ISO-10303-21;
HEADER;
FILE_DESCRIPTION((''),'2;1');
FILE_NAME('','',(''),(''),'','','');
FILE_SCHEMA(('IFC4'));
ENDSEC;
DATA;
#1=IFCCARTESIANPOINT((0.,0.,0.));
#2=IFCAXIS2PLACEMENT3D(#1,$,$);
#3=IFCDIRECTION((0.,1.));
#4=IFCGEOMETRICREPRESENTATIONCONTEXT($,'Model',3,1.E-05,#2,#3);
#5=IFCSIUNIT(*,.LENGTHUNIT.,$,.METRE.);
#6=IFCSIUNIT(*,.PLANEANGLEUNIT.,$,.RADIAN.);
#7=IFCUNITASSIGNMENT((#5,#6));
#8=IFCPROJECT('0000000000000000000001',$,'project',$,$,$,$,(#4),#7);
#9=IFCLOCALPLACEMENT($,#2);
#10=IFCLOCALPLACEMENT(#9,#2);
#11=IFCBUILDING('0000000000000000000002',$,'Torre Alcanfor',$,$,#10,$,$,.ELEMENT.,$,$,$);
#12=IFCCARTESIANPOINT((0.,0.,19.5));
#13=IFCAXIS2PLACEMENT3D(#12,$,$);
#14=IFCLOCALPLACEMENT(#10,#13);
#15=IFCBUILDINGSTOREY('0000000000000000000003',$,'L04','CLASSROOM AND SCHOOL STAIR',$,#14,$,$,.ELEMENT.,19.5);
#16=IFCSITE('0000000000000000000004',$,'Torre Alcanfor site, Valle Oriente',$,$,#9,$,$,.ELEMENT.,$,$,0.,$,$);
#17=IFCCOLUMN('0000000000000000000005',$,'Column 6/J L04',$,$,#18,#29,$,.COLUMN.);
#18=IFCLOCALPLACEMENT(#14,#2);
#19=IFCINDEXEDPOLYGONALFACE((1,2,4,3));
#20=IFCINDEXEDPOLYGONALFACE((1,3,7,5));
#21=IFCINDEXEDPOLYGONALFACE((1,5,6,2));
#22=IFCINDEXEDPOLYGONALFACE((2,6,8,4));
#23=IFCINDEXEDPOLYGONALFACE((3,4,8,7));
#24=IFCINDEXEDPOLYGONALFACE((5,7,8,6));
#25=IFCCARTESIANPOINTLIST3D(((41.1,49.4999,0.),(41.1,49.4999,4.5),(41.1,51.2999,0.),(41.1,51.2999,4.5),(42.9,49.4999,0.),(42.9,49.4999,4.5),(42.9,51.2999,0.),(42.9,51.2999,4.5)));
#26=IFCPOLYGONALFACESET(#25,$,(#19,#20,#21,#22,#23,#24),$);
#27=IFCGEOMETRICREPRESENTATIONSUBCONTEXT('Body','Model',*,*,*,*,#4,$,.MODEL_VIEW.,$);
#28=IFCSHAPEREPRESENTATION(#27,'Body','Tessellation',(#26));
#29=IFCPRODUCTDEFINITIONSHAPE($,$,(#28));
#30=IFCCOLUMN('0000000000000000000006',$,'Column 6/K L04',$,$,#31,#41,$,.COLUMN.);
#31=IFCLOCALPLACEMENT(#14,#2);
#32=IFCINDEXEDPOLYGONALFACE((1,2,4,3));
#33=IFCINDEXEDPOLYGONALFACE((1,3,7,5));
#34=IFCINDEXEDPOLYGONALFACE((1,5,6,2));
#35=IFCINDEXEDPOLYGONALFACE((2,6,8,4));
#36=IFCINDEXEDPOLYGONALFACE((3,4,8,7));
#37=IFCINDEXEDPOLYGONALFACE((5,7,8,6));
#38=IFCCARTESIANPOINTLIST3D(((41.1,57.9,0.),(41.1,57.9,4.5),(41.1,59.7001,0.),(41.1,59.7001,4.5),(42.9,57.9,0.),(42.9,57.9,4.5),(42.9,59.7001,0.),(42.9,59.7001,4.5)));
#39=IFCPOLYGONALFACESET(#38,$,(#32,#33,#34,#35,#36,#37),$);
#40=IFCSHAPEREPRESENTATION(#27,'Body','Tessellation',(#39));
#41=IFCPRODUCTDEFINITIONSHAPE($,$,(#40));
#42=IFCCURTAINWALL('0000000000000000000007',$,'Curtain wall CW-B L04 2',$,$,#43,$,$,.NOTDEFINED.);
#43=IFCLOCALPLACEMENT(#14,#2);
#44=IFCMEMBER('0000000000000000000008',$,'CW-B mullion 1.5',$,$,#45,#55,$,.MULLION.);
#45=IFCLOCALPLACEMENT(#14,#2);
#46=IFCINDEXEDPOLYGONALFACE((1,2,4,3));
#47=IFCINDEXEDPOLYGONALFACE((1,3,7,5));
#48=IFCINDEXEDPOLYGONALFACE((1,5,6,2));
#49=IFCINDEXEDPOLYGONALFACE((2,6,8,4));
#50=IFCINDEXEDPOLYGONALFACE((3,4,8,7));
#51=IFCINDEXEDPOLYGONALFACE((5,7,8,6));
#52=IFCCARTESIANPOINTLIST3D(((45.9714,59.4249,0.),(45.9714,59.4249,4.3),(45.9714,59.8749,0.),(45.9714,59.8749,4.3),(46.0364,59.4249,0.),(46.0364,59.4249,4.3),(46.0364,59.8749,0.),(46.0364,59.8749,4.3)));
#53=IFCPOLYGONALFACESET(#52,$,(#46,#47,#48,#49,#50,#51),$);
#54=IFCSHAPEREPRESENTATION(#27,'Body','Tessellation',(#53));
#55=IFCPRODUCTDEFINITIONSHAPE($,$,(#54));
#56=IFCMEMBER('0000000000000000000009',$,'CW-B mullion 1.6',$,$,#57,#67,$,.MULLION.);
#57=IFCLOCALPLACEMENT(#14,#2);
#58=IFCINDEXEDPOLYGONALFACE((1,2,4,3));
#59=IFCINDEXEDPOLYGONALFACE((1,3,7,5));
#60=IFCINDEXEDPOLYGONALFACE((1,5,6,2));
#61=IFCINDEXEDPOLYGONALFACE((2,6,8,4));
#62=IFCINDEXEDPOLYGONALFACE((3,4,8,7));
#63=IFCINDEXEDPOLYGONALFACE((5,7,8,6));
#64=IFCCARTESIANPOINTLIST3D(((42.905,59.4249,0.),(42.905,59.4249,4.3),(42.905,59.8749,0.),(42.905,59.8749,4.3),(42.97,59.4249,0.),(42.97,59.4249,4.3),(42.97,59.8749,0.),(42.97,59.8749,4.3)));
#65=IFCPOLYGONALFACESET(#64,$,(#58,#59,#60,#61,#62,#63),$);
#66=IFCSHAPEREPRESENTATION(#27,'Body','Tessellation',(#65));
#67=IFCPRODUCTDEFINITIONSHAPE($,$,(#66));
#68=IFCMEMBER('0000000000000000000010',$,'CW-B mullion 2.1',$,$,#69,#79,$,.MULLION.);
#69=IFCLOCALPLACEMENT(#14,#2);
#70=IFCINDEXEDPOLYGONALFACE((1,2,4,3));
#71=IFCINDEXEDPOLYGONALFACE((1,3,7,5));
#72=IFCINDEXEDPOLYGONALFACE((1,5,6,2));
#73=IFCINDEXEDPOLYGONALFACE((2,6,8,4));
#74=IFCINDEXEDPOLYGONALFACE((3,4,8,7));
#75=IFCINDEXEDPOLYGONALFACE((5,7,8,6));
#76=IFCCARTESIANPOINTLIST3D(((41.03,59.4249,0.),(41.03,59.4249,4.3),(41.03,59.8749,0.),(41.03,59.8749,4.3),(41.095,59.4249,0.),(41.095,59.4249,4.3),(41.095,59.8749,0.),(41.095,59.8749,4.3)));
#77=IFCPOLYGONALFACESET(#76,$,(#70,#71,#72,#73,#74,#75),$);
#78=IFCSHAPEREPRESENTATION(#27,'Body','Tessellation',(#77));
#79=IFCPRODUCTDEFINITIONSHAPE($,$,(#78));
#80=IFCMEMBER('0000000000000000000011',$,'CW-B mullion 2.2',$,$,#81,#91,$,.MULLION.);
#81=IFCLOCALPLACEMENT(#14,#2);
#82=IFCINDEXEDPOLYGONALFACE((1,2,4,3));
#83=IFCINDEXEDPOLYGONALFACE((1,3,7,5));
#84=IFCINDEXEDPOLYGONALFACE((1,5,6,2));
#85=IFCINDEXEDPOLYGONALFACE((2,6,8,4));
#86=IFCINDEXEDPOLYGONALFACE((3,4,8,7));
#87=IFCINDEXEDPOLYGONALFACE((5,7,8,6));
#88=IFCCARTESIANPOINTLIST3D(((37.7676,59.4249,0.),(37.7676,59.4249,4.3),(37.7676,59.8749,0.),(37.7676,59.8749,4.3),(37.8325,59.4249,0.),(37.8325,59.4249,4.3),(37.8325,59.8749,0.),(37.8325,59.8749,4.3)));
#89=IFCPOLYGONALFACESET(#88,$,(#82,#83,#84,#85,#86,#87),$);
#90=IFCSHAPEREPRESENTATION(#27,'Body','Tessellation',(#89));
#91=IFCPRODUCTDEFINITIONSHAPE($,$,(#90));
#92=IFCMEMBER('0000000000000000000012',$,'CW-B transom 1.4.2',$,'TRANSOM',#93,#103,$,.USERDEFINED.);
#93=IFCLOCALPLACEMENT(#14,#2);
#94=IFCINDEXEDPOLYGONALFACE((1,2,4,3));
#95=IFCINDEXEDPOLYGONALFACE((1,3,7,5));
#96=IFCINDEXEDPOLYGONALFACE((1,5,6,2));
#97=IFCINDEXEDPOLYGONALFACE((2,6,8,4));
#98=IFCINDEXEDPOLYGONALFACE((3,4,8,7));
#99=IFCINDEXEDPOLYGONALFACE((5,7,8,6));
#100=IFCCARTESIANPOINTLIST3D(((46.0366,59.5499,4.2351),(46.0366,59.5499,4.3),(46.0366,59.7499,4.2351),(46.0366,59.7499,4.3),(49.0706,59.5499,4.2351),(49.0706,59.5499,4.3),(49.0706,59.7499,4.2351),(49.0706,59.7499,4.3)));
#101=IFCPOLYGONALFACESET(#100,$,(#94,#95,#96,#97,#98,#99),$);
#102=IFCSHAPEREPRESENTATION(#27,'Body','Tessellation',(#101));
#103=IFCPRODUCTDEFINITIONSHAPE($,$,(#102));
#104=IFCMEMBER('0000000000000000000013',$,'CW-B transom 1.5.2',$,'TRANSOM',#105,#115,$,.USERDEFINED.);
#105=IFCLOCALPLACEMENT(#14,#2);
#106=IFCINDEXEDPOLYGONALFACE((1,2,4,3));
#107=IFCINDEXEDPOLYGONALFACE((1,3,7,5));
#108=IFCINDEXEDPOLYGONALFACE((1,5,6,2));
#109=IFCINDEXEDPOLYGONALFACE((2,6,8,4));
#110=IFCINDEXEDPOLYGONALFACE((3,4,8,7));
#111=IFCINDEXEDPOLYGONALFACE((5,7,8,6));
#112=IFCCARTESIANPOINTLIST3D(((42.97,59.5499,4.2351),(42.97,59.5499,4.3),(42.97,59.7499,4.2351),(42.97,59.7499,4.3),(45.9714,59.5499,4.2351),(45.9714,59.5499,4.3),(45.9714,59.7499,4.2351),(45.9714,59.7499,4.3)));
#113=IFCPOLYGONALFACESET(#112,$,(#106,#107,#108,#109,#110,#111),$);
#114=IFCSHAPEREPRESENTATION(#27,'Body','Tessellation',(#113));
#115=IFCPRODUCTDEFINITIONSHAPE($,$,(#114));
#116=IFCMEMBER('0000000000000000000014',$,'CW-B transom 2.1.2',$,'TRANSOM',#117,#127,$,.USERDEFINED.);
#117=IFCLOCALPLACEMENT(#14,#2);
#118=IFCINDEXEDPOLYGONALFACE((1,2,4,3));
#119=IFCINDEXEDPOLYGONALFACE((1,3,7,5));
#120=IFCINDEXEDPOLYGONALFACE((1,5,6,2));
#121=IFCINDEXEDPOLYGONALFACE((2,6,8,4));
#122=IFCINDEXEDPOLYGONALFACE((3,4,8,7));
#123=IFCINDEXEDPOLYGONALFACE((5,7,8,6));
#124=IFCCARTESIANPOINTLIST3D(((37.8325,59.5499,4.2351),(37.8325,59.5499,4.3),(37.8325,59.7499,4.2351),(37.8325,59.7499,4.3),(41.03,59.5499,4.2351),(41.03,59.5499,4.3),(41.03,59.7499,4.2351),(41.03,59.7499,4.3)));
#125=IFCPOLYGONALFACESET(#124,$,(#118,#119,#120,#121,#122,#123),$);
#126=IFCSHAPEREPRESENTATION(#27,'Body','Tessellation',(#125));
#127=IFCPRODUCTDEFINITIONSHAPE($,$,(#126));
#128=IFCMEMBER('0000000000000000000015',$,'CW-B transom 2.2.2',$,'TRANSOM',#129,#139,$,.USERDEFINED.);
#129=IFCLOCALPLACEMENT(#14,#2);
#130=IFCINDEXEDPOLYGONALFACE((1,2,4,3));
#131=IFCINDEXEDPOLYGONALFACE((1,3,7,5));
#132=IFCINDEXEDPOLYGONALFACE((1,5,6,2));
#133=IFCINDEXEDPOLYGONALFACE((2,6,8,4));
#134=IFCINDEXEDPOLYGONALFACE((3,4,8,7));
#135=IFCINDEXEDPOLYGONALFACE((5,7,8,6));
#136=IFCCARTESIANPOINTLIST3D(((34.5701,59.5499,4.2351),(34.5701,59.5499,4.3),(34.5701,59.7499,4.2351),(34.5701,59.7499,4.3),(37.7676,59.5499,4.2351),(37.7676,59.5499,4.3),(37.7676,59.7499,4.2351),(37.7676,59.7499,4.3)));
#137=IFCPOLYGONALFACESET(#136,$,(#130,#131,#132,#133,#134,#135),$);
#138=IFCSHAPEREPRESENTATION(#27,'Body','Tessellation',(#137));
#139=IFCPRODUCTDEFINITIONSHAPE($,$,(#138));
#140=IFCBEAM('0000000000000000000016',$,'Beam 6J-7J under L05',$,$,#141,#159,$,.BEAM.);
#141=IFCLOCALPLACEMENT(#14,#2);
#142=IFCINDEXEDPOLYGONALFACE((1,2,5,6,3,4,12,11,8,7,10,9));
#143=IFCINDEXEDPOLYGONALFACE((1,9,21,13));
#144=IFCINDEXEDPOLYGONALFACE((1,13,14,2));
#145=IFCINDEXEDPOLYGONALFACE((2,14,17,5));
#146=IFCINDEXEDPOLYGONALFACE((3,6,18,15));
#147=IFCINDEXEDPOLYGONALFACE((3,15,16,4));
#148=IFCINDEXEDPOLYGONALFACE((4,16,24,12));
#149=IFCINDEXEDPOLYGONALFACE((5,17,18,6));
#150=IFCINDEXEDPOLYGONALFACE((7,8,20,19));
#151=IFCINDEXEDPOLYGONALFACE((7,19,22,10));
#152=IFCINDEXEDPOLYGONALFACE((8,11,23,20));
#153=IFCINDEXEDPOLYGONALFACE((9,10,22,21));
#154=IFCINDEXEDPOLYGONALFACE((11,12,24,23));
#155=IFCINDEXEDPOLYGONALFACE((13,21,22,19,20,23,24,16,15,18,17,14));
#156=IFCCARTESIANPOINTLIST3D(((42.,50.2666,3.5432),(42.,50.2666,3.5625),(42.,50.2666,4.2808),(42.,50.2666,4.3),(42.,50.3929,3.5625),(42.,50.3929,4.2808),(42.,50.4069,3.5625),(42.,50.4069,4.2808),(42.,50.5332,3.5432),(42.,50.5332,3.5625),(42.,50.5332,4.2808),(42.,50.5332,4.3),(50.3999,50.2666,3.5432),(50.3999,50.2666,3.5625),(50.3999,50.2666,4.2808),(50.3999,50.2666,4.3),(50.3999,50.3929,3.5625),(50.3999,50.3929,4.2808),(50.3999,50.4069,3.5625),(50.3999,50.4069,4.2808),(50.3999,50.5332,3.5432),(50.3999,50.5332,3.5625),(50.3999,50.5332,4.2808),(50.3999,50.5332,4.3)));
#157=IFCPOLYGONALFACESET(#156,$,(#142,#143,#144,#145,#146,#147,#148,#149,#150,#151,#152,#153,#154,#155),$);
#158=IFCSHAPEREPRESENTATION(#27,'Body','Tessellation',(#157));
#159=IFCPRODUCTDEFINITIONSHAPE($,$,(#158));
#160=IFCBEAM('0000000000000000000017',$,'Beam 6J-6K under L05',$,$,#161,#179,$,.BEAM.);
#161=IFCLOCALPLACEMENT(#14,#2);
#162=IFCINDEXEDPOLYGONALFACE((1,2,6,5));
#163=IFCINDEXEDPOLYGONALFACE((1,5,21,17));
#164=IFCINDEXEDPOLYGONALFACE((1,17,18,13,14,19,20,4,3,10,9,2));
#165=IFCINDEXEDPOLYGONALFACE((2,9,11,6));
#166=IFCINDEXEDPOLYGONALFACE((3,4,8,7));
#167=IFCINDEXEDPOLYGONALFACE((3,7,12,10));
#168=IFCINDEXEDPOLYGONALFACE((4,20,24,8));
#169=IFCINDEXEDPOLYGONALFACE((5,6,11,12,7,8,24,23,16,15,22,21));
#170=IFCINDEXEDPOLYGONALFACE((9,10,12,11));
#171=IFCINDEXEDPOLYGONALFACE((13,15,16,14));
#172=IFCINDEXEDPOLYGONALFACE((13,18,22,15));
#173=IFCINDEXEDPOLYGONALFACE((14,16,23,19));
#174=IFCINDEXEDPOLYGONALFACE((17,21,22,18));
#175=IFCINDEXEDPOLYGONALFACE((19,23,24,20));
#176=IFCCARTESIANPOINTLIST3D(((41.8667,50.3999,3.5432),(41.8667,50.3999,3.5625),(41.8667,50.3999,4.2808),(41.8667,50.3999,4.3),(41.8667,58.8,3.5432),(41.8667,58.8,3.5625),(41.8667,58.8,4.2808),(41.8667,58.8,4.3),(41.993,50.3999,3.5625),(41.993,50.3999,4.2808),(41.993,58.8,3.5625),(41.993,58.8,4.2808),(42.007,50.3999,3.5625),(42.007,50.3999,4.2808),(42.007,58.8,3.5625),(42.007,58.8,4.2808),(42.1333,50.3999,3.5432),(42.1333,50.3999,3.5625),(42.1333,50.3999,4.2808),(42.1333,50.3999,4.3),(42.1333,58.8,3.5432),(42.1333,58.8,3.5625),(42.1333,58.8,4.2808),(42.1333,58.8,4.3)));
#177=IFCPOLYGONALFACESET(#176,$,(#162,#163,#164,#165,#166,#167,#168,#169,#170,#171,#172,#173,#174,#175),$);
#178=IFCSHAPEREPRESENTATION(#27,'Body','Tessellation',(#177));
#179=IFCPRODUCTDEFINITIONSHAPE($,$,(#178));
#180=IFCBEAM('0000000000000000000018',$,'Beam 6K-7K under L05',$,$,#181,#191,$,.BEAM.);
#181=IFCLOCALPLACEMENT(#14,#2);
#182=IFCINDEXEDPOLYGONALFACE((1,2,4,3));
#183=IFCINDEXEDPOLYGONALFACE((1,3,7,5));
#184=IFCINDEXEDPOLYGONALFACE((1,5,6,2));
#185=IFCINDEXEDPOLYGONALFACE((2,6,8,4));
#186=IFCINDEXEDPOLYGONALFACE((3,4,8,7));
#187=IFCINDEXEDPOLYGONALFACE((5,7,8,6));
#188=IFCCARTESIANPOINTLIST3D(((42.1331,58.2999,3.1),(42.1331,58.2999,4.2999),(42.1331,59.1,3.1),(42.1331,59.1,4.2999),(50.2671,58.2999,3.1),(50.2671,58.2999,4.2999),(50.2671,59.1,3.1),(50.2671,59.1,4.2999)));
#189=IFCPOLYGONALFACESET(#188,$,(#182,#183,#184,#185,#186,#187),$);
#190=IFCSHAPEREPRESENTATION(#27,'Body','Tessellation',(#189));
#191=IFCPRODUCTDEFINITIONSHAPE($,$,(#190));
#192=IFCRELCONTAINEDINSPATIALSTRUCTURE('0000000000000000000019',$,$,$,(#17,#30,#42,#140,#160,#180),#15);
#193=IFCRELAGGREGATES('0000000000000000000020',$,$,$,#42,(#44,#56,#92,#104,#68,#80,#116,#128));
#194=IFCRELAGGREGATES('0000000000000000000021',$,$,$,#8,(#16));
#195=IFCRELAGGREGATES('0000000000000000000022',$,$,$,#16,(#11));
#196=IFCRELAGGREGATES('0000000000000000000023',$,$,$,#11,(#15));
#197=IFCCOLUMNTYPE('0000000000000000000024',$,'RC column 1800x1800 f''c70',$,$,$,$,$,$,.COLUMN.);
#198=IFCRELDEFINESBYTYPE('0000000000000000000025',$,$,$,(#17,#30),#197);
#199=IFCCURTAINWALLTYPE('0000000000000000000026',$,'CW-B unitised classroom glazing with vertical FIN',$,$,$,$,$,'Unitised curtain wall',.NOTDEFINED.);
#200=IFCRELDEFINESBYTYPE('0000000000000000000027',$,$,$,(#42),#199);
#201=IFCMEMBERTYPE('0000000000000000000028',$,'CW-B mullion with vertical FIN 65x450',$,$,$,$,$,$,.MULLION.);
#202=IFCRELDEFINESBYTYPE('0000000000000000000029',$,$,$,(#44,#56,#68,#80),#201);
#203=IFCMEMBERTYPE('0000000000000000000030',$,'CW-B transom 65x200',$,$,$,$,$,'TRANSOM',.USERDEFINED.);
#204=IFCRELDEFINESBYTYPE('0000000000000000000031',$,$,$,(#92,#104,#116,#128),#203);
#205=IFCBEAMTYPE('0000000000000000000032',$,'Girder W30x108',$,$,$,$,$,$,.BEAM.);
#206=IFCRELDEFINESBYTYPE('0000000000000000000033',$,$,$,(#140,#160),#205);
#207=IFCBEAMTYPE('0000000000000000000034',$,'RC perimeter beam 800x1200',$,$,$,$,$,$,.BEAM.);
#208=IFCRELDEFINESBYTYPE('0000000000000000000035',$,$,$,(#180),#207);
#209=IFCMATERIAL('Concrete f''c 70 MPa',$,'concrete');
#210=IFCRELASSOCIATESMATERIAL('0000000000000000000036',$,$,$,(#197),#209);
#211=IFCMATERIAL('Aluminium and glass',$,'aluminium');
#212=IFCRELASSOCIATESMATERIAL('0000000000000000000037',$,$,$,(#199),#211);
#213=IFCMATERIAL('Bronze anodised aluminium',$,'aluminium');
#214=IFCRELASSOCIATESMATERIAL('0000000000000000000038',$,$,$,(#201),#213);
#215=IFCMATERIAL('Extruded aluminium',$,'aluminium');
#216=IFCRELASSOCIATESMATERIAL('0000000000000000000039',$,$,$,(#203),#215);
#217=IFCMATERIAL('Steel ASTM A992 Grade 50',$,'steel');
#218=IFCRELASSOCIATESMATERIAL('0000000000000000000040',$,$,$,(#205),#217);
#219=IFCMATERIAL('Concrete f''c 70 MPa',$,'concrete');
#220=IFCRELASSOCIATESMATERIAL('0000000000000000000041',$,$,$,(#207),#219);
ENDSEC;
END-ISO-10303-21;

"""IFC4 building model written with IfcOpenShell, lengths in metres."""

from ifc_helpers import new_model, si_unit, direction, frame, origin, origin_2d, place, context, subcontext, project, spatial, rectangle, i_section, extrude, material, material_profile, profile_set, type_object, element, aggregate, save


model = new_model("IFC4")

# Units and contexts
model_context = context("Model", 3, precision=1e-05, world=origin(), true_north=direction((0.0, 1.0)))
body_context = subcontext(model_context, "Body", "Model", "MODEL_VIEW")
ifc_project = project(units=[si_unit("LENGTHUNIT", "METRE"), si_unit("PLANEANGLEUNIT", "RADIAN")], contexts=[model_context])

# Site, building, storey
site_placement = place(None, origin())
site = spatial("IfcSite", under=ifc_project, at=site_placement, Name="Torre Alcanfor site, Valle Oriente", CompositionType="ELEMENT", RefElevation=0.0)
building_placement = place(site_placement, origin())
building = spatial("IfcBuilding", under=site, at=building_placement, Name="Torre Alcanfor", CompositionType="ELEMENT")
storey_placement = place(building_placement, frame((0.0, 0.0, 19.5)))
storey = spatial("IfcBuildingStorey", under=building, at=storey_placement, Name="L04", Description="CLASSROOM AND SCHOOL STAIR", CompositionType="ELEMENT", Elevation=19.5)

# Columns
ifc_material_1 = material(Name="Concrete f'c 70 MPa", Category="concrete")
ifc_material_profile_1 = material_profile(ifc_material_1, rectangle(XDim=1.8, YDim=1.8, at=origin_2d()), Name="1800x1800")
ifc_profile_set_1 = profile_set([ifc_material_profile_1], Name="Concrete f'c 70 MPa")
column_type = type_object("IfcColumnType", Name="RC column 1800x1800 f'c70", PredefinedType="COLUMN", material=ifc_profile_set_1)
for number, where, z_axis, x_axis, name in (
    (1, (42.0, 50.3999, 0.0), (0.0, 0.0, 1.0), (1.0, 0.0, 0.0), "Column 6/J L04"),
    (2, (42.0, 58.8, 0.0), (0.0, 0.0, 1.0), (1.0, 0.0, 0.0), "Column 6/K L04"),
):
    element("IfcColumn", number, at=place(storey_placement, frame(where, z_axis=z_axis, x_axis=x_axis)), inside=storey, type_object=column_type, Name=name, PredefinedType="COLUMN", context=body_context, shape_type="SweptSolid", body=[
        extrude(rectangle(XDim=1.8, YDim=1.8, at=origin_2d()), origin(), (0.0, 0.0, 1.0), 4.5),
    ])

# Curtain wall, members
ifc_material_2 = material(Name="Aluminium and glass", Category="aluminium")
curtain_wall_type = type_object("IfcCurtainWallType", Name="CW-B unitised classroom glazing with vertical FIN", ElementType="Unitised curtain wall", PredefinedType="NOTDEFINED", material=ifc_material_2)
curtain_wall_placement = place(storey_placement, origin())
curtain_wall = element("IfcCurtainWall", 3, at=curtain_wall_placement, inside=storey, type_object=curtain_wall_type, Name="Curtain wall CW-B L04 2", PredefinedType="NOTDEFINED")
ifc_material_3 = material(Name="Bronze anodised aluminium", Category="aluminium")
ifc_material_profile_2 = material_profile(ifc_material_3, rectangle(XDim=0.45, YDim=0.0649, at=origin_2d()), Name="CW-B mullion 65x450")
ifc_profile_set_2 = profile_set([ifc_material_profile_2], Name="Bronze anodised aluminium")
member_type_1 = type_object("IfcMemberType", Name="CW-B mullion with vertical FIN 65x450", PredefinedType="MULLION", material=ifc_profile_set_2)
member_1_placement = place(storey_placement, frame((46.0039, 59.6499, 0.0), z_axis=(0.0, 0.0, 1.0), x_axis=(0.0, -1.0, 0.0)))
member_1 = element("IfcMember", 4, at=member_1_placement, type_object=member_type_1, Name="CW-B mullion 1.5", PredefinedType="MULLION", context=body_context, shape_type="SweptSolid", body=[
    extrude(rectangle(XDim=0.45, YDim=0.0649, at=origin_2d()), origin(), (0.0, 0.0, 1.0), 4.3),
])
member_2_placement = place(storey_placement, frame((42.9375, 59.6499, 0.0), z_axis=(0.0, 0.0, 1.0), x_axis=(0.0, -1.0, 0.0)))
member_2 = element("IfcMember", 5, at=member_2_placement, type_object=member_type_1, Name="CW-B mullion 1.6", PredefinedType="MULLION", context=body_context, shape_type="SweptSolid", body=[
    extrude(rectangle(XDim=0.45, YDim=0.0649, at=origin_2d()), origin(), (0.0, 0.0, 1.0), 4.3),
])
member_3_placement = place(storey_placement, frame((41.0625, 59.6499, 0.0), z_axis=(0.0, 0.0, 1.0), x_axis=(0.0, -1.0, 0.0)))
member_3 = element("IfcMember", 6, at=member_3_placement, type_object=member_type_1, Name="CW-B mullion 2.1", PredefinedType="MULLION", context=body_context, shape_type="SweptSolid", body=[
    extrude(rectangle(XDim=0.45, YDim=0.0649, at=origin_2d()), origin(), (0.0, 0.0, 1.0), 4.3),
])
member_4_placement = place(storey_placement, frame((37.8, 59.6499, 0.0), z_axis=(0.0, 0.0, 1.0), x_axis=(0.0, -1.0, 0.0)))
member_4 = element("IfcMember", 7, at=member_4_placement, type_object=member_type_1, Name="CW-B mullion 2.2", PredefinedType="MULLION", context=body_context, shape_type="SweptSolid", body=[
    extrude(rectangle(XDim=0.45, YDim=0.0649, at=origin_2d()), origin(), (0.0, 0.0, 1.0), 4.3),
])
ifc_material_4 = material(Name="Extruded aluminium", Category="aluminium")
ifc_material_profile_3 = material_profile(ifc_material_4, rectangle(XDim=0.2, YDim=0.0649, at=origin_2d()), Name="CW-B transom 200x65")
ifc_profile_set_3 = profile_set([ifc_material_profile_3], Name="Extruded aluminium")
member_type_2 = type_object("IfcMemberType", Name="CW-B transom 65x200", ElementType="TRANSOM", PredefinedType="USERDEFINED", material=ifc_profile_set_3)
member_5_placement = place(storey_placement, frame((49.0706, 59.6499, 4.2676), z_axis=(-1.0, 0.0, 0.0), x_axis=(0.0, -1.0, 0.0)))
member_5 = element("IfcMember", 8, at=member_5_placement, type_object=member_type_2, Name="CW-B transom 1.4.2", ObjectType="TRANSOM", PredefinedType="USERDEFINED", context=body_context, shape_type="SweptSolid", body=[
    extrude(rectangle(XDim=0.2, YDim=0.0649, at=origin_2d()), origin(), (0.0, 0.0, 1.0), 3.0339),
])
member_6_placement = place(storey_placement, frame((45.9714, 59.6499, 4.2676), z_axis=(-1.0, 0.0, 0.0), x_axis=(0.0, -1.0, 0.0)))
member_6 = element("IfcMember", 9, at=member_6_placement, type_object=member_type_2, Name="CW-B transom 1.5.2", ObjectType="TRANSOM", PredefinedType="USERDEFINED", context=body_context, shape_type="SweptSolid", body=[
    extrude(rectangle(XDim=0.2, YDim=0.0649, at=origin_2d()), origin(), (0.0, 0.0, 1.0), 3.0015),
])
member_7_placement = place(storey_placement, frame((41.03, 59.6499, 4.2676), z_axis=(-1.0, 0.0, 0.0), x_axis=(0.0, -1.0, 0.0)))
member_7 = element("IfcMember", 10, at=member_7_placement, type_object=member_type_2, Name="CW-B transom 2.1.2", ObjectType="TRANSOM", PredefinedType="USERDEFINED", context=body_context, shape_type="SweptSolid", body=[
    extrude(rectangle(XDim=0.2, YDim=0.0649, at=origin_2d()), origin(), (0.0, 0.0, 1.0), 3.1975),
])
member_8_placement = place(storey_placement, frame((37.7676, 59.6499, 4.2676), z_axis=(-1.0, 0.0, 0.0), x_axis=(0.0, -1.0, 0.0)))
member_8 = element("IfcMember", 11, at=member_8_placement, type_object=member_type_2, Name="CW-B transom 2.2.2", ObjectType="TRANSOM", PredefinedType="USERDEFINED", context=body_context, shape_type="SweptSolid", body=[
    extrude(rectangle(XDim=0.2, YDim=0.0649, at=origin_2d()), origin(), (0.0, 0.0, 1.0), 3.1975),
])

# Beams
ifc_material_5 = material(Name="Steel ASTM A992 Grade 50", Category="steel")
ifc_material_profile_4 = material_profile(ifc_material_5, i_section(OverallWidth=0.2666, OverallDepth=0.7568, WebThickness=0.0139, FlangeThickness=0.0193, at=origin_2d()), Name="W30x108")
ifc_profile_set_4 = profile_set([ifc_material_profile_4], Name="Steel ASTM A992 Grade 50")
beam_type_1 = type_object("IfcBeamType", Name="Girder W30x108", PredefinedType="BEAM", material=ifc_profile_set_4)
beam_1_placement = place(storey_placement, frame((42.0, 50.3999, 3.9216), z_axis=(1.0, 0.0, 0.0), x_axis=(0.0, 1.0, 0.0)))
element("IfcBeam", 12, at=beam_1_placement, inside=storey, type_object=beam_type_1, Name="Beam 6J-7J under L05", PredefinedType="BEAM", context=body_context, shape_type="SweptSolid", body=[
    extrude(i_section(OverallWidth=0.2666, OverallDepth=0.7568, WebThickness=0.0139, FlangeThickness=0.0193, at=origin_2d()), origin(), (0.0, 0.0, 1.0), 8.3999),
])
beam_2_placement = place(storey_placement, frame((42.0, 50.3999, 3.9216), z_axis=(0.0, 1.0, 0.0), x_axis=(-1.0, 0.0, 0.0)))
element("IfcBeam", 13, at=beam_2_placement, inside=storey, type_object=beam_type_1, Name="Beam 6J-6K under L05", PredefinedType="BEAM", context=body_context, shape_type="SweptSolid", body=[
    extrude(i_section(OverallWidth=0.2666, OverallDepth=0.7568, WebThickness=0.0139, FlangeThickness=0.0193, at=origin_2d()), origin(), (0.0, 0.0, 1.0), 8.4001),
])
ifc_material_6 = material(Name="Concrete f'c 70 MPa", Category="concrete")
ifc_material_profile_5 = material_profile(ifc_material_6, rectangle(XDim=0.8, YDim=1.2, at=origin_2d()), Name="800x1200")
ifc_profile_set_5 = profile_set([ifc_material_profile_5], Name="Concrete f'c 70 MPa")
beam_type_2 = type_object("IfcBeamType", Name="RC perimeter beam 800x1200", PredefinedType="BEAM", material=ifc_profile_set_5)
beam_3_placement = place(storey_placement, frame((42.1331, 58.7, 3.7), z_axis=(1.0, 0.0, 0.0), x_axis=(0.0, 1.0, 0.0)))
element("IfcBeam", 14, at=beam_3_placement, inside=storey, type_object=beam_type_2, Name="Beam 6K-7K under L05", PredefinedType="BEAM", context=body_context, shape_type="SweptSolid", body=[
    extrude(rectangle(XDim=0.8, YDim=1.2, at=origin_2d()), origin(), (0.0, 0.0, 1.0), 8.134),
])

aggregate(curtain_wall, [member_1, member_2, member_5, member_6, member_3, member_4, member_7, member_8])

save(model, "model.ifc")
